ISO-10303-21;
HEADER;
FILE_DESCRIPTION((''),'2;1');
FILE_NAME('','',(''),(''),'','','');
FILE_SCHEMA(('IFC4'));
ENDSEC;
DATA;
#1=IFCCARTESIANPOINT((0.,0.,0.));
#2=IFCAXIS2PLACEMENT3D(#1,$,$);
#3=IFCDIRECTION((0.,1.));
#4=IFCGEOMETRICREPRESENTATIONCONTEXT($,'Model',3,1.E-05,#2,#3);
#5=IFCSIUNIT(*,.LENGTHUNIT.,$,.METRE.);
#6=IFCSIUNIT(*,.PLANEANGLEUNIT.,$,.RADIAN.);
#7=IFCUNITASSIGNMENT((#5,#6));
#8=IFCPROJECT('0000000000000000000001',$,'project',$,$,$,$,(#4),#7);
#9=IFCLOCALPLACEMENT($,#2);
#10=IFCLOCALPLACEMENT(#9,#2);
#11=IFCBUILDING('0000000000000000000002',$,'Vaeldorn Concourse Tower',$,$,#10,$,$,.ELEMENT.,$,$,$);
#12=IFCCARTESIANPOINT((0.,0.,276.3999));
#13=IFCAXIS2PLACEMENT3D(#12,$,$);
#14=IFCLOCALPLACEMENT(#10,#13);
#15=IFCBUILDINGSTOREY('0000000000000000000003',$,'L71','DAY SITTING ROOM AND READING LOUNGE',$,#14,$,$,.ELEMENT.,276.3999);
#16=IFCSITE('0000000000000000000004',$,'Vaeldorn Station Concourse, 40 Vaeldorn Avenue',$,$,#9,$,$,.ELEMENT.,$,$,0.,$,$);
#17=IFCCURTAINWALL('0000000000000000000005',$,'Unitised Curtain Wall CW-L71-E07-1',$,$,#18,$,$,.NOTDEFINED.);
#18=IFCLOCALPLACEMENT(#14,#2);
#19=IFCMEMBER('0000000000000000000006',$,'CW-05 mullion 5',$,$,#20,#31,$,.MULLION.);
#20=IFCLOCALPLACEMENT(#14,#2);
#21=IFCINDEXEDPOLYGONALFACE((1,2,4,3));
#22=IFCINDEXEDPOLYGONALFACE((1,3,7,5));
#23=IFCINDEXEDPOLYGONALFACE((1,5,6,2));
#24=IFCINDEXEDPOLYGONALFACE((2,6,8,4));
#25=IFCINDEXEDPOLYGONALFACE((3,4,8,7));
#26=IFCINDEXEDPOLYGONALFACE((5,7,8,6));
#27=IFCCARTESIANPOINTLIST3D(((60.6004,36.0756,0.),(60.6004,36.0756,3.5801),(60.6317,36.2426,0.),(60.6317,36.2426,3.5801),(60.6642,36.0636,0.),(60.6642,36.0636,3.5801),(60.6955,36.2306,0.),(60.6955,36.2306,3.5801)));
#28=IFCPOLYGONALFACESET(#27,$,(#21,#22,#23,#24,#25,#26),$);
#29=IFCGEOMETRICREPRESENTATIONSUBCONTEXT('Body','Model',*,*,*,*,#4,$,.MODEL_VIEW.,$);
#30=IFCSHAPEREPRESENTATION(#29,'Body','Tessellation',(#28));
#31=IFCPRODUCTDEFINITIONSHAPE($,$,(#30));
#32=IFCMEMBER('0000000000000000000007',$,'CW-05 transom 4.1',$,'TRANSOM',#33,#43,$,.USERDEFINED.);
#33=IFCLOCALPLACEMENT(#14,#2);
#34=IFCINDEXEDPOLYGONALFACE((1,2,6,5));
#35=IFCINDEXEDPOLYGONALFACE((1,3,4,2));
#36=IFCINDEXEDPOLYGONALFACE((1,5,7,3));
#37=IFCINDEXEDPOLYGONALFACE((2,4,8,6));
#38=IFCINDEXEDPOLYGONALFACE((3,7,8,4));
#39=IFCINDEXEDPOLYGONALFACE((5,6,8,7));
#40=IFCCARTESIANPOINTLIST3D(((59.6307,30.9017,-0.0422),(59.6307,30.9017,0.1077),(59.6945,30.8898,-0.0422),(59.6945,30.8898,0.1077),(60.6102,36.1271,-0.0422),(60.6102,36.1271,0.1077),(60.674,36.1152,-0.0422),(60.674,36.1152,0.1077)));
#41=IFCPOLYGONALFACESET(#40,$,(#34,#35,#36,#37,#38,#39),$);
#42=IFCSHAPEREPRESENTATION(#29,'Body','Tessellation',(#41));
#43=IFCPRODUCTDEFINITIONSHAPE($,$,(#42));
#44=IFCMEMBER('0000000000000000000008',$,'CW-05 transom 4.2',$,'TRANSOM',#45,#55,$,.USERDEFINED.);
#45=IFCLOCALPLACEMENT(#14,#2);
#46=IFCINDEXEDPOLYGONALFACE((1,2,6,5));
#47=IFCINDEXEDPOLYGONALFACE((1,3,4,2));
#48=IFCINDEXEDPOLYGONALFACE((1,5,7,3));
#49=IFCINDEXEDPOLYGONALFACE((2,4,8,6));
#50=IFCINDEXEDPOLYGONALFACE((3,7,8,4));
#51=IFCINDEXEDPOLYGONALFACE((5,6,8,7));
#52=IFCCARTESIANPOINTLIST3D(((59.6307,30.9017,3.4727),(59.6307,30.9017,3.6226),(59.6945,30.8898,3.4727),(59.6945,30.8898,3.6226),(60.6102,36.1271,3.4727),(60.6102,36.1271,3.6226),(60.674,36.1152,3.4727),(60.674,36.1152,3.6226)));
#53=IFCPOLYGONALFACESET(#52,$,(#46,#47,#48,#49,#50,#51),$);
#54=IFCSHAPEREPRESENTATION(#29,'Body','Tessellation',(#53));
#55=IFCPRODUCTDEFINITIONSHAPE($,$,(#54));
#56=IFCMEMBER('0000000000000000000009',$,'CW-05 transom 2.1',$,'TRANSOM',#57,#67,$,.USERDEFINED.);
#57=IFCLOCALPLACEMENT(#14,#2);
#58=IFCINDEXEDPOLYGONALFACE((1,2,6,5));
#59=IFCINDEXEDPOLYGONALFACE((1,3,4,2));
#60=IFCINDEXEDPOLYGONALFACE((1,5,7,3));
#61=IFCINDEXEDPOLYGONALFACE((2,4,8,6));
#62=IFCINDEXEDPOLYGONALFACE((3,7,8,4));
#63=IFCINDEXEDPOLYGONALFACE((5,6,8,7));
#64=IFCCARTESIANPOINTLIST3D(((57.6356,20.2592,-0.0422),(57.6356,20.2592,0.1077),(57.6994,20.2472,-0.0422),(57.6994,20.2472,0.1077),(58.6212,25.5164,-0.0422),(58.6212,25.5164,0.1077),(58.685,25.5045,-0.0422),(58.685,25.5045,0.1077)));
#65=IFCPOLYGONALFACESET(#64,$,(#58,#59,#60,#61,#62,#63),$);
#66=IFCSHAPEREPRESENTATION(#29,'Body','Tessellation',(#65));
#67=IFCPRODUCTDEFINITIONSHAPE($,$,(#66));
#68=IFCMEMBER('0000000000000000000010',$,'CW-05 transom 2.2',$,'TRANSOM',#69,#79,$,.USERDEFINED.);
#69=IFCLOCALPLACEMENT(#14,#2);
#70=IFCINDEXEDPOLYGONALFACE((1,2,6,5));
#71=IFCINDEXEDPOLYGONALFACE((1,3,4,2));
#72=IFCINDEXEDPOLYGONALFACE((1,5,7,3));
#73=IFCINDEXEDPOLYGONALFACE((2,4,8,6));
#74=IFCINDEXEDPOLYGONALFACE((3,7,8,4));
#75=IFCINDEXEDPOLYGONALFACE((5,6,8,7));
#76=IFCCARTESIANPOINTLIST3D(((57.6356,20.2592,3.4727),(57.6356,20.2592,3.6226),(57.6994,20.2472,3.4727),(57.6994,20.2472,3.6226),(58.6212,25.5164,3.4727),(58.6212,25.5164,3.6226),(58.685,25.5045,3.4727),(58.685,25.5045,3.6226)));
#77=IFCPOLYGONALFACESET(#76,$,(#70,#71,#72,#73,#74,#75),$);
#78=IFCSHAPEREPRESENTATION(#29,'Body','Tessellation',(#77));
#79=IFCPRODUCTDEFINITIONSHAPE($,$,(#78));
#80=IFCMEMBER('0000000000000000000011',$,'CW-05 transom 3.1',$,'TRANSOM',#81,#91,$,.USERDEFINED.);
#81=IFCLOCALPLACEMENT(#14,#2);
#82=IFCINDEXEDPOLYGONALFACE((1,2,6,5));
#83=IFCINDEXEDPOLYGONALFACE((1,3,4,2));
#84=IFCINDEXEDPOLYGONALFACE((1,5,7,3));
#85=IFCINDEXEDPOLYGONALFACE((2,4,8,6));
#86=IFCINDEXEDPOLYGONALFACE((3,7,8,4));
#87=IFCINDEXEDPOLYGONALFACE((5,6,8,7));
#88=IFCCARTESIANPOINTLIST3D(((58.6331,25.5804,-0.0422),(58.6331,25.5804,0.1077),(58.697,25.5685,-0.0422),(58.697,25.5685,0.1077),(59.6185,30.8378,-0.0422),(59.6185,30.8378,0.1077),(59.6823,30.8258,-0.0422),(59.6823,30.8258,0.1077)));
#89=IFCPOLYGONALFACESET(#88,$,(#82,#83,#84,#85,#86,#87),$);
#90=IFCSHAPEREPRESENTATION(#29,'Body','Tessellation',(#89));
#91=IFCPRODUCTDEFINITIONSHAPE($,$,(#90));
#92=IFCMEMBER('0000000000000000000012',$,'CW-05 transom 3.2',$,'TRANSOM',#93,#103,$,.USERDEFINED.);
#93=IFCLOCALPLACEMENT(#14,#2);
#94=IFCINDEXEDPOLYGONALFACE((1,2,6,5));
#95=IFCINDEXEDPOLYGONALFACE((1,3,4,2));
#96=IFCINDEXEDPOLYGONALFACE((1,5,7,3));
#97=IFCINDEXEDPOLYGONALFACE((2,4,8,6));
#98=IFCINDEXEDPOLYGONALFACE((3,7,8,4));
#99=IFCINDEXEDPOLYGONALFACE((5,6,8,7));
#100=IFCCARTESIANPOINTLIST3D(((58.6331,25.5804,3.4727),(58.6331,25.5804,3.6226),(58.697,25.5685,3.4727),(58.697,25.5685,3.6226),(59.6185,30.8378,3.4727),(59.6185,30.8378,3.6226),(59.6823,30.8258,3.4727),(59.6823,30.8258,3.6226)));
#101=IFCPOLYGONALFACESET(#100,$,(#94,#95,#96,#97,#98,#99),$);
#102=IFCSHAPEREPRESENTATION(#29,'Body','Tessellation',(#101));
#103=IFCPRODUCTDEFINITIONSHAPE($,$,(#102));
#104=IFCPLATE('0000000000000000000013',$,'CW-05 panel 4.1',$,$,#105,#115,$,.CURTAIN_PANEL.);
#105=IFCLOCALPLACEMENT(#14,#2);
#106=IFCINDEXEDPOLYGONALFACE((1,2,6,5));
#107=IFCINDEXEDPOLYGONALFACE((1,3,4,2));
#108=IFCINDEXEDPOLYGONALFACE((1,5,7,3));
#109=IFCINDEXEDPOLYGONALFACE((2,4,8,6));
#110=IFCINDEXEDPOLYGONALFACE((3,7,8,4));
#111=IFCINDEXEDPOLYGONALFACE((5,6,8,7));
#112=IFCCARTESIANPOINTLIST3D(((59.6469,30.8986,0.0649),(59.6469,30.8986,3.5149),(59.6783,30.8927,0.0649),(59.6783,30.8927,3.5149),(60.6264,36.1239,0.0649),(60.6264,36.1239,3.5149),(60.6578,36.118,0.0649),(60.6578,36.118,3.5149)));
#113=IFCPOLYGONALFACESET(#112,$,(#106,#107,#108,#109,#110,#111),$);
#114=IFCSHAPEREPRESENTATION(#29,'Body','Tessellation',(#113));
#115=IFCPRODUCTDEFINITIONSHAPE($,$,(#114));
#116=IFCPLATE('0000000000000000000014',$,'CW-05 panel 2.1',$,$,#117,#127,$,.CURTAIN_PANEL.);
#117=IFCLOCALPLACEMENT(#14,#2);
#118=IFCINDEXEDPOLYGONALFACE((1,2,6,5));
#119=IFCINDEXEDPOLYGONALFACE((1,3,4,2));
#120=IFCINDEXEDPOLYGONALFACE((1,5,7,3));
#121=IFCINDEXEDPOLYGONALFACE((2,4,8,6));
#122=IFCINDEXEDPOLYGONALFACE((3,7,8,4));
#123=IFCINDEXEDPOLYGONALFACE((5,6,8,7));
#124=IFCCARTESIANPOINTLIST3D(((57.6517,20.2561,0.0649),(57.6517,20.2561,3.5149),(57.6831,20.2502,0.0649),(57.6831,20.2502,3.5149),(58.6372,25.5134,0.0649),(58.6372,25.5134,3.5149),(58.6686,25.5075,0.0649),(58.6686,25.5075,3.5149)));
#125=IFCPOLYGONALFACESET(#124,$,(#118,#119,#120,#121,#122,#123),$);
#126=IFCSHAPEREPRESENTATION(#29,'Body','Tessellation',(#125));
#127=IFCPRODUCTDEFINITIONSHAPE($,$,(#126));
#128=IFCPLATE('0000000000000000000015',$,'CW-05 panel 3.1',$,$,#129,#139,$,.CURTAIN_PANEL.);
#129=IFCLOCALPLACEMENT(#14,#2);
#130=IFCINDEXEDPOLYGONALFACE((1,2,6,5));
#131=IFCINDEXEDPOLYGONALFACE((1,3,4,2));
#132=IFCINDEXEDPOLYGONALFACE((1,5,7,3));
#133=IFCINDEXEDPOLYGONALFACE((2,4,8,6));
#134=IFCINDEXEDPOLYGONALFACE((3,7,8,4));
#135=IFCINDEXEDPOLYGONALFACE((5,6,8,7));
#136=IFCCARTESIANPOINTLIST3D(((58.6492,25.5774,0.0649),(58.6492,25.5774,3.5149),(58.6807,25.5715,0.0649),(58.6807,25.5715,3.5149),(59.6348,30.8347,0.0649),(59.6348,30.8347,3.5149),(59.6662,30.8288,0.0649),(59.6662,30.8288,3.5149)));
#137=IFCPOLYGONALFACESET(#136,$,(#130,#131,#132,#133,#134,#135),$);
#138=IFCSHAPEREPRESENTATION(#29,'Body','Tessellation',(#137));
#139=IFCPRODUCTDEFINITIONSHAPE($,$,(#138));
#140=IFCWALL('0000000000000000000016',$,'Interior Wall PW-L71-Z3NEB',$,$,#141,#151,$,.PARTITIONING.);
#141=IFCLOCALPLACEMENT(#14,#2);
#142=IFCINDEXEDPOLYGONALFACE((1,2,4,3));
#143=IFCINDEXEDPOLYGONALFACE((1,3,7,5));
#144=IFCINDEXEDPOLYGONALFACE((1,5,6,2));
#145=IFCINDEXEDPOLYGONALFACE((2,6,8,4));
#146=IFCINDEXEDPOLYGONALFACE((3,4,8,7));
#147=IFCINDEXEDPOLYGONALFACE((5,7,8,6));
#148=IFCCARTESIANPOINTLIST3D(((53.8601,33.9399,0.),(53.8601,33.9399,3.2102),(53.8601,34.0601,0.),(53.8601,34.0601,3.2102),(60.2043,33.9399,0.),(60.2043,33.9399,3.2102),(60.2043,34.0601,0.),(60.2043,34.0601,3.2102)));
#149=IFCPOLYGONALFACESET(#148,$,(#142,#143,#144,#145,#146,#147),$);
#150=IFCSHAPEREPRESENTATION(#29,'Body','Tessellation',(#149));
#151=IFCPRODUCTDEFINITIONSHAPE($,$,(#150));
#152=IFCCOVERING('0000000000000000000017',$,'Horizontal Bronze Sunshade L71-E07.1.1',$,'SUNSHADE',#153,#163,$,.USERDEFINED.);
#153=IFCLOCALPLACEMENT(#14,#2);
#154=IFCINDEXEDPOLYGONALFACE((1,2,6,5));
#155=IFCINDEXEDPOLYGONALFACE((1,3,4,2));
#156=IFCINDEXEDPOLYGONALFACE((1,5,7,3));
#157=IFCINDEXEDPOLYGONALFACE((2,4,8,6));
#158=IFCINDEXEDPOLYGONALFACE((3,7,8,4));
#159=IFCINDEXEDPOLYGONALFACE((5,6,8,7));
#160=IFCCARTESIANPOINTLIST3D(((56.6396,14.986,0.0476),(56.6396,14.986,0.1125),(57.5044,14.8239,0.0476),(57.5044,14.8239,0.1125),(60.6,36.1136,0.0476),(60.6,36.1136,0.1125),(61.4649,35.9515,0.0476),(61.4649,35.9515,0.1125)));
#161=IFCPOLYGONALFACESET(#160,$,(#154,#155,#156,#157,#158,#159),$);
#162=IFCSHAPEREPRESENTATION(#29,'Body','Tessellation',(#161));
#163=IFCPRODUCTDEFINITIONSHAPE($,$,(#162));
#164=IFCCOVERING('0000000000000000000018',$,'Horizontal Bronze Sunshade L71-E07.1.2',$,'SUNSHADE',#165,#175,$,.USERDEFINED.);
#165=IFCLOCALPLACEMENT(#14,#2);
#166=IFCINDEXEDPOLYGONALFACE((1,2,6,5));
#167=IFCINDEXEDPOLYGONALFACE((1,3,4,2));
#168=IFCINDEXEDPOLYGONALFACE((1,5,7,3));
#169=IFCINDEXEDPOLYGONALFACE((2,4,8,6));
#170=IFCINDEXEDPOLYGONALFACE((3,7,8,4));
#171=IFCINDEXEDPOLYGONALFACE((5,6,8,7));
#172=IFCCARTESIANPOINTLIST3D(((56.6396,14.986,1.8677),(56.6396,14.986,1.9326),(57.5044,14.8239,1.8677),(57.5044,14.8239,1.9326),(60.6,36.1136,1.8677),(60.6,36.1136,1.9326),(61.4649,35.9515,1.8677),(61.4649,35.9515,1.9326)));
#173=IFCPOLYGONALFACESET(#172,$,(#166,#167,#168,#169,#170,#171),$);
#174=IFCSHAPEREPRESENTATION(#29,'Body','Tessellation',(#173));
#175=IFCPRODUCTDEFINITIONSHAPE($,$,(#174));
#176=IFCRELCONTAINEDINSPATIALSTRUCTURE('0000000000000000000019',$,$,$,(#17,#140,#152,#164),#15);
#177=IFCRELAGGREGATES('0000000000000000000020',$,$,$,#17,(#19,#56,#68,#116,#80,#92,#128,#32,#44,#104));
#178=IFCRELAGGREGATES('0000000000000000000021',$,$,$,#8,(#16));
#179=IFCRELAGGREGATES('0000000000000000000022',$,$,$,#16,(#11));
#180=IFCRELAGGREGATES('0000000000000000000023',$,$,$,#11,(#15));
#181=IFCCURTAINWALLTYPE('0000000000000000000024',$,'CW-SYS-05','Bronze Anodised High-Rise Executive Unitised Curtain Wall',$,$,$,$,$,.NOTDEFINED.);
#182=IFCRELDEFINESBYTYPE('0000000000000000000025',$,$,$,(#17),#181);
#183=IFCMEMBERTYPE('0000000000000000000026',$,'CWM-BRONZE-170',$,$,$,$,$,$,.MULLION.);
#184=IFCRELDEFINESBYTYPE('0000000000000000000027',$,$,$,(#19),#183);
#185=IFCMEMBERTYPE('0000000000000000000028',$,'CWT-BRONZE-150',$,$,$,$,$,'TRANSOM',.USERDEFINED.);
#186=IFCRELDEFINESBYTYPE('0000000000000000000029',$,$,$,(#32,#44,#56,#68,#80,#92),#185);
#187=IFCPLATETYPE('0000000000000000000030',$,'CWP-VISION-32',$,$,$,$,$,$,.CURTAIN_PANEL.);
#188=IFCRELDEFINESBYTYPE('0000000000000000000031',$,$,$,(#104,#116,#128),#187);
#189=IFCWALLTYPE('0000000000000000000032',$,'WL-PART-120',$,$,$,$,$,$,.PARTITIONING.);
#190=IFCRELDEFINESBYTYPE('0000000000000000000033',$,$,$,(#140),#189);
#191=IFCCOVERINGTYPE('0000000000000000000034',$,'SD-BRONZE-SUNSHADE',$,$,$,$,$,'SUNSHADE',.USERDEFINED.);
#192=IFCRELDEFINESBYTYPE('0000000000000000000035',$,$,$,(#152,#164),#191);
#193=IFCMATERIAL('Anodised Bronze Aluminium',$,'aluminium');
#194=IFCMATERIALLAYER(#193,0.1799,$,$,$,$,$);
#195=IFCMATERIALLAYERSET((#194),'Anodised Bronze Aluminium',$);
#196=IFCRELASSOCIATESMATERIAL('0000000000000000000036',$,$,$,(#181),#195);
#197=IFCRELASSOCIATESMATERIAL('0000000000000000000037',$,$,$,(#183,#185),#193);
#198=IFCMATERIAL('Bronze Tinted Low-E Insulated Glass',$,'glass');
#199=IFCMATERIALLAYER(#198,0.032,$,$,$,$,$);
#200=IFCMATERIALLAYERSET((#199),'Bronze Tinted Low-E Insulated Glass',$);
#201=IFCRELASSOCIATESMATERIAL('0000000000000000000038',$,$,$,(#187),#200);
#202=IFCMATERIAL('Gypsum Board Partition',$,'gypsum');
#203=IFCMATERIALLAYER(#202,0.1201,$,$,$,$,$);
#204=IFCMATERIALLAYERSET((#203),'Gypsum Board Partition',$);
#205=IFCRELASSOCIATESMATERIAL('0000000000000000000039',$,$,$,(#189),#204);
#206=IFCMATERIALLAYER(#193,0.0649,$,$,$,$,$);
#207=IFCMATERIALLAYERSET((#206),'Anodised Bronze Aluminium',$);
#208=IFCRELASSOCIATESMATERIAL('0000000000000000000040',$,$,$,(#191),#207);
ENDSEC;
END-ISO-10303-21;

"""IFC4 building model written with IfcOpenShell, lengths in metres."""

from ifc_helpers import new_model, si_unit, direction, frame, frame_2d, origin, origin_2d, place, context, subcontext, project, spatial, rectangle, extrude, source, transform, mapped, material, layer, layer_set, material_profile, profile_set, type_object, element, aggregate, save


model = new_model("IFC4")

# Units and contexts
model_context = context("Model", 3, precision=1e-05, world=origin(), true_north=direction((0.0, 1.0)))
body_context = subcontext(model_context, "Body", "Model", "MODEL_VIEW")
ifc_project = project(units=[si_unit("LENGTHUNIT", "METRE"), si_unit("PLANEANGLEUNIT", "RADIAN")], contexts=[model_context])

# Site, building, storey
site_placement = place(None, origin())
site = spatial("IfcSite", under=ifc_project, at=site_placement, Name="Vaeldorn Station Concourse, 40 Vaeldorn Avenue", CompositionType="ELEMENT", RefElevation=0.0)
building_placement = place(site_placement, origin())
building = spatial("IfcBuilding", under=site, at=building_placement, Name="Vaeldorn Concourse Tower", CompositionType="ELEMENT")
storey_placement = place(building_placement, frame((0.0, 0.0, 276.3999)))
storey = spatial("IfcBuildingStorey", under=building, at=storey_placement, Name="L71", Description="DAY SITTING ROOM AND READING LOUNGE", CompositionType="ELEMENT", Elevation=276.3999)

# Curtain wall, members, plates
ifc_material_1 = material(Name="Anodised Bronze Aluminium", Category="aluminium")
ifc_layer_1 = layer(ifc_material_1, 0.1799)
ifc_layer_set_1 = layer_set([ifc_layer_1], Name="Anodised Bronze Aluminium")
curtain_wall_type = type_object("IfcCurtainWallType", Name="CW-SYS-05", Description="Bronze Anodised High-Rise Executive Unitised Curtain Wall", PredefinedType="NOTDEFINED", material=ifc_layer_set_1)
curtain_wall_placement = place(storey_placement, origin())
curtain_wall = element("IfcCurtainWall", 1, at=curtain_wall_placement, inside=storey, type_object=curtain_wall_type, Name="Unitised Curtain Wall CW-L71-E07-1", PredefinedType="NOTDEFINED")
ifc_material_profile_1 = material_profile(ifc_material_1, rectangle(XDim=0.0649, YDim=0.1699, at=origin_2d()), Name="CWM 65x170")
ifc_profile_set_1 = profile_set([ifc_material_profile_1], Name="Anodised Bronze Aluminium")
member_type_1 = type_object("IfcMemberType", Name="CWM-BRONZE-170", PredefinedType="MULLION", material=ifc_profile_set_1)
shared_shape_1 = source(origin(), body_context, "Body", "SweptSolid", [
    extrude(rectangle(XDim=0.0649, YDim=0.1699, at=origin_2d()), origin(), (0.0, 0.0, 1.0), 3.5801),
])
member_1_placement = place(storey_placement, frame((60.6479, 36.1531, 0.0), z_axis=(0.0, 0.0, 1.0), x_axis=(-0.98288, 0.184247, 0.0)))
member_1 = element("IfcMember", 2, at=member_1_placement, type_object=member_type_1, Name="CW-05 mullion 5", PredefinedType="MULLION", context=body_context, shape_type="MappedRepresentation", body=[
    mapped(shared_shape_1, transform((0.0, 0.0, 0.0), scale=1.0)),
])
ifc_material_profile_2 = material_profile(ifc_material_1, rectangle(XDim=0.0649, YDim=0.1499, at=origin_2d()), Name="CWT 65x150")
ifc_profile_set_2 = profile_set([ifc_material_profile_2], Name="Anodised Bronze Aluminium")
member_type_2 = type_object("IfcMemberType", Name="CWT-BRONZE-150", ElementType="TRANSOM", PredefinedType="USERDEFINED", material=ifc_profile_set_2)
shared_shape_2 = source(origin(), body_context, "Body", "SweptSolid", [
    extrude(rectangle(XDim=0.0649, YDim=0.1499, at=origin_2d()), origin(), (0.0, 0.0, 1.0), 5.3164),
])
member_2_placement = place(storey_placement, frame((59.6626, 30.8958, 0.0327), z_axis=(0.184241, 0.982881, 0.0), x_axis=(-0.982881, 0.184241, 0.0)))
member_2 = element("IfcMember", 3, at=member_2_placement, type_object=member_type_2, Name="CW-05 transom 4.1", ObjectType="TRANSOM", PredefinedType="USERDEFINED", context=body_context, shape_type="MappedRepresentation", body=[
    mapped(shared_shape_2, transform((0.0, 0.0, 0.0), scale=1.0)),
])
member_3_placement = place(storey_placement, frame((59.6626, 30.8958, 3.5476), z_axis=(0.184241, 0.982881, 0.0), x_axis=(-0.982881, 0.184241, 0.0)))
member_3 = element("IfcMember", 4, at=member_3_placement, type_object=member_type_2, Name="CW-05 transom 4.2", ObjectType="TRANSOM", PredefinedType="USERDEFINED", context=body_context, shape_type="MappedRepresentation", body=[
    mapped(shared_shape_2, transform((0.0, 0.0, 0.0), scale=1.0)),
])
shared_shape_3 = source(origin(), body_context, "Body", "SweptSolid", [
    extrude(rectangle(XDim=0.0649, YDim=0.1499, at=origin_2d()), origin(), (0.0, 0.0, 1.0), 5.3489),
])
member_4_placement = place(storey_placement, frame((57.6675, 20.2532, 0.0327), z_axis=(0.184261, 0.982877, 0.0), x_axis=(-0.982877, 0.184261, 0.0)))
member_4 = element("IfcMember", 5, at=member_4_placement, type_object=member_type_2, Name="CW-05 transom 2.1", ObjectType="TRANSOM", PredefinedType="USERDEFINED", context=body_context, shape_type="MappedRepresentation", body=[
    mapped(shared_shape_3, transform((0.0, 0.0, 0.0), scale=1.0)),
])
member_5_placement = place(storey_placement, frame((57.6675, 20.2532, 3.5476), z_axis=(0.184261, 0.982877, 0.0), x_axis=(-0.982877, 0.184261, 0.0)))
member_5 = element("IfcMember", 6, at=member_5_placement, type_object=member_type_2, Name="CW-05 transom 2.2", ObjectType="TRANSOM", PredefinedType="USERDEFINED", context=body_context, shape_type="MappedRepresentation", body=[
    mapped(shared_shape_3, transform((0.0, 0.0, 0.0), scale=1.0)),
])
member_6_placement = place(storey_placement, frame((58.665, 25.5745, 0.0327), z_axis=(0.184217, 0.982886, 0.0), x_axis=(-0.982886, 0.184217, 0.0)))
member_6 = element("IfcMember", 7, at=member_6_placement, type_object=member_type_2, Name="CW-05 transom 3.1", ObjectType="TRANSOM", PredefinedType="USERDEFINED", context=body_context, shape_type="MappedRepresentation", body=[
    mapped(shared_shape_3, transform((0.0, 0.0, 0.0), scale=1.0)),
])
member_7_placement = place(storey_placement, frame((58.665, 25.5745, 3.5476), z_axis=(0.184217, 0.982886, 0.0), x_axis=(-0.982886, 0.184217, 0.0)))
member_7 = element("IfcMember", 8, at=member_7_placement, type_object=member_type_2, Name="CW-05 transom 3.2", ObjectType="TRANSOM", PredefinedType="USERDEFINED", context=body_context, shape_type="MappedRepresentation", body=[
    mapped(shared_shape_3, transform((0.0, 0.0, 0.0), scale=1.0)),
])
ifc_material_2 = material(Name="Bronze Tinted Low-E Insulated Glass", Category="glass")
ifc_layer_2 = layer(ifc_material_2, 0.032)
ifc_layer_set_2 = layer_set([ifc_layer_2], Name="Bronze Tinted Low-E Insulated Glass")
plate_type = type_object("IfcPlateType", Name="CWP-VISION-32", PredefinedType="CURTAIN_PANEL", material=ifc_layer_set_2)
shared_shape_4 = source(origin(), body_context, "Body", "SweptSolid", [
    extrude(rectangle(XDim=5.3164, YDim=0.032, at=origin_2d()), origin(), (0.0, 0.0, 1.0), 3.45),
])
plate_1_placement = place(storey_placement, frame((60.1523, 33.5083, 0.0649), z_axis=(0.0, 0.0, 1.0), x_axis=(0.184247, 0.98288, 0.0)))
plate_1 = element("IfcPlate", 9, at=plate_1_placement, type_object=plate_type, Name="CW-05 panel 4.1", PredefinedType="CURTAIN_PANEL", context=body_context, shape_type="MappedRepresentation", body=[
    mapped(shared_shape_4, transform((0.0, 0.0, 0.0), scale=1.0)),
])
shared_shape_5 = source(origin(), body_context, "Body", "SweptSolid", [
    extrude(rectangle(XDim=5.3489, YDim=0.032, at=origin_2d()), origin(), (0.0, 0.0, 1.0), 3.45),
])
plate_2_placement = place(storey_placement, frame((58.1602, 22.8818, 0.0649), z_axis=(0.0, 0.0, 1.0), x_axis=(0.184247, 0.98288, 0.0)))
plate_2 = element("IfcPlate", 10, at=plate_2_placement, type_object=plate_type, Name="CW-05 panel 2.1", PredefinedType="CURTAIN_PANEL", context=body_context, shape_type="MappedRepresentation", body=[
    mapped(shared_shape_5, transform((0.0, 0.0, 0.0), scale=1.0)),
])
plate_3_placement = place(storey_placement, frame((59.1577, 28.2031, 0.0649), z_axis=(0.0, 0.0, 1.0), x_axis=(0.184247, 0.98288, 0.0)))
plate_3 = element("IfcPlate", 11, at=plate_3_placement, type_object=plate_type, Name="CW-05 panel 3.1", PredefinedType="CURTAIN_PANEL", context=body_context, shape_type="MappedRepresentation", body=[
    mapped(shared_shape_5, transform((0.0, 0.0, 0.0), scale=1.0)),
])
aggregate(curtain_wall, [member_1, member_4, member_5, plate_2, member_6, member_7, plate_3, member_2, member_3, plate_1])

# Shared definitions
ifc_material_3 = material(Name="Gypsum Board Partition", Category="gypsum")
ifc_layer_3 = layer(ifc_material_3, 0.1201)
ifc_layer_set_3 = layer_set([ifc_layer_3], Name="Gypsum Board Partition")
wall_type = type_object("IfcWallType", Name="WL-PART-120", PredefinedType="PARTITIONING", material=ifc_layer_set_3)

# Wall
wall_1_placement = place(storey_placement, frame((53.8601, 34.0, 0.0), z_axis=(0.0, 0.0, 1.0), x_axis=(1.0, 0.0, 0.0)))
element("IfcWall", 12, at=wall_1_placement, inside=storey, type_object=wall_type, Name="Interior Wall PW-L71-Z3NEB", PredefinedType="PARTITIONING", context=body_context, shape_type="SweptSolid", body=[
    extrude(rectangle(XDim=6.3442, YDim=0.1201, at=frame_2d((3.1721, 0.0))), origin(), (0.0, 0.0, 1.0), 3.2102),
])

# Coverings
ifc_layer_4 = layer(ifc_material_1, 0.0649)
ifc_layer_set_4 = layer_set([ifc_layer_4], Name="Anodised Bronze Aluminium")
covering_type = type_object("IfcCoveringType", Name="SD-BRONZE-SUNSHADE", ElementType="SUNSHADE", PredefinedType="USERDEFINED", material=ifc_layer_set_4)
shared_shape_6 = source(origin(), body_context, "Body", "SweptSolid", [
    extrude(rectangle(XDim=21.4956, YDim=0.8799, at=origin_2d()), origin(), (0.0, 0.0, 1.0), 0.0649),
])
for number, where, z_axis, x_axis, name in (
    (13, (59.0522, 25.4688, 0.0476), (0.0, 0.0, 1.0), (0.184243, 0.982881, 0.0), "Horizontal Bronze Sunshade L71-E07.1.1"),
    (14, (59.0522, 25.4688, 1.8677), (0.0, 0.0, 1.0), (0.184243, 0.982881, 0.0), "Horizontal Bronze Sunshade L71-E07.1.2"),
):
    element("IfcCovering", number, at=place(storey_placement, frame(where, z_axis=z_axis, x_axis=x_axis)), inside=storey, type_object=covering_type, Name=name, ObjectType="SUNSHADE", PredefinedType="USERDEFINED", context=body_context, shape_type="MappedRepresentation", body=[
        mapped(shared_shape_6, transform((0.0, 0.0, 0.0), scale=1.0)),
    ])

save(model, "model.ifc")
